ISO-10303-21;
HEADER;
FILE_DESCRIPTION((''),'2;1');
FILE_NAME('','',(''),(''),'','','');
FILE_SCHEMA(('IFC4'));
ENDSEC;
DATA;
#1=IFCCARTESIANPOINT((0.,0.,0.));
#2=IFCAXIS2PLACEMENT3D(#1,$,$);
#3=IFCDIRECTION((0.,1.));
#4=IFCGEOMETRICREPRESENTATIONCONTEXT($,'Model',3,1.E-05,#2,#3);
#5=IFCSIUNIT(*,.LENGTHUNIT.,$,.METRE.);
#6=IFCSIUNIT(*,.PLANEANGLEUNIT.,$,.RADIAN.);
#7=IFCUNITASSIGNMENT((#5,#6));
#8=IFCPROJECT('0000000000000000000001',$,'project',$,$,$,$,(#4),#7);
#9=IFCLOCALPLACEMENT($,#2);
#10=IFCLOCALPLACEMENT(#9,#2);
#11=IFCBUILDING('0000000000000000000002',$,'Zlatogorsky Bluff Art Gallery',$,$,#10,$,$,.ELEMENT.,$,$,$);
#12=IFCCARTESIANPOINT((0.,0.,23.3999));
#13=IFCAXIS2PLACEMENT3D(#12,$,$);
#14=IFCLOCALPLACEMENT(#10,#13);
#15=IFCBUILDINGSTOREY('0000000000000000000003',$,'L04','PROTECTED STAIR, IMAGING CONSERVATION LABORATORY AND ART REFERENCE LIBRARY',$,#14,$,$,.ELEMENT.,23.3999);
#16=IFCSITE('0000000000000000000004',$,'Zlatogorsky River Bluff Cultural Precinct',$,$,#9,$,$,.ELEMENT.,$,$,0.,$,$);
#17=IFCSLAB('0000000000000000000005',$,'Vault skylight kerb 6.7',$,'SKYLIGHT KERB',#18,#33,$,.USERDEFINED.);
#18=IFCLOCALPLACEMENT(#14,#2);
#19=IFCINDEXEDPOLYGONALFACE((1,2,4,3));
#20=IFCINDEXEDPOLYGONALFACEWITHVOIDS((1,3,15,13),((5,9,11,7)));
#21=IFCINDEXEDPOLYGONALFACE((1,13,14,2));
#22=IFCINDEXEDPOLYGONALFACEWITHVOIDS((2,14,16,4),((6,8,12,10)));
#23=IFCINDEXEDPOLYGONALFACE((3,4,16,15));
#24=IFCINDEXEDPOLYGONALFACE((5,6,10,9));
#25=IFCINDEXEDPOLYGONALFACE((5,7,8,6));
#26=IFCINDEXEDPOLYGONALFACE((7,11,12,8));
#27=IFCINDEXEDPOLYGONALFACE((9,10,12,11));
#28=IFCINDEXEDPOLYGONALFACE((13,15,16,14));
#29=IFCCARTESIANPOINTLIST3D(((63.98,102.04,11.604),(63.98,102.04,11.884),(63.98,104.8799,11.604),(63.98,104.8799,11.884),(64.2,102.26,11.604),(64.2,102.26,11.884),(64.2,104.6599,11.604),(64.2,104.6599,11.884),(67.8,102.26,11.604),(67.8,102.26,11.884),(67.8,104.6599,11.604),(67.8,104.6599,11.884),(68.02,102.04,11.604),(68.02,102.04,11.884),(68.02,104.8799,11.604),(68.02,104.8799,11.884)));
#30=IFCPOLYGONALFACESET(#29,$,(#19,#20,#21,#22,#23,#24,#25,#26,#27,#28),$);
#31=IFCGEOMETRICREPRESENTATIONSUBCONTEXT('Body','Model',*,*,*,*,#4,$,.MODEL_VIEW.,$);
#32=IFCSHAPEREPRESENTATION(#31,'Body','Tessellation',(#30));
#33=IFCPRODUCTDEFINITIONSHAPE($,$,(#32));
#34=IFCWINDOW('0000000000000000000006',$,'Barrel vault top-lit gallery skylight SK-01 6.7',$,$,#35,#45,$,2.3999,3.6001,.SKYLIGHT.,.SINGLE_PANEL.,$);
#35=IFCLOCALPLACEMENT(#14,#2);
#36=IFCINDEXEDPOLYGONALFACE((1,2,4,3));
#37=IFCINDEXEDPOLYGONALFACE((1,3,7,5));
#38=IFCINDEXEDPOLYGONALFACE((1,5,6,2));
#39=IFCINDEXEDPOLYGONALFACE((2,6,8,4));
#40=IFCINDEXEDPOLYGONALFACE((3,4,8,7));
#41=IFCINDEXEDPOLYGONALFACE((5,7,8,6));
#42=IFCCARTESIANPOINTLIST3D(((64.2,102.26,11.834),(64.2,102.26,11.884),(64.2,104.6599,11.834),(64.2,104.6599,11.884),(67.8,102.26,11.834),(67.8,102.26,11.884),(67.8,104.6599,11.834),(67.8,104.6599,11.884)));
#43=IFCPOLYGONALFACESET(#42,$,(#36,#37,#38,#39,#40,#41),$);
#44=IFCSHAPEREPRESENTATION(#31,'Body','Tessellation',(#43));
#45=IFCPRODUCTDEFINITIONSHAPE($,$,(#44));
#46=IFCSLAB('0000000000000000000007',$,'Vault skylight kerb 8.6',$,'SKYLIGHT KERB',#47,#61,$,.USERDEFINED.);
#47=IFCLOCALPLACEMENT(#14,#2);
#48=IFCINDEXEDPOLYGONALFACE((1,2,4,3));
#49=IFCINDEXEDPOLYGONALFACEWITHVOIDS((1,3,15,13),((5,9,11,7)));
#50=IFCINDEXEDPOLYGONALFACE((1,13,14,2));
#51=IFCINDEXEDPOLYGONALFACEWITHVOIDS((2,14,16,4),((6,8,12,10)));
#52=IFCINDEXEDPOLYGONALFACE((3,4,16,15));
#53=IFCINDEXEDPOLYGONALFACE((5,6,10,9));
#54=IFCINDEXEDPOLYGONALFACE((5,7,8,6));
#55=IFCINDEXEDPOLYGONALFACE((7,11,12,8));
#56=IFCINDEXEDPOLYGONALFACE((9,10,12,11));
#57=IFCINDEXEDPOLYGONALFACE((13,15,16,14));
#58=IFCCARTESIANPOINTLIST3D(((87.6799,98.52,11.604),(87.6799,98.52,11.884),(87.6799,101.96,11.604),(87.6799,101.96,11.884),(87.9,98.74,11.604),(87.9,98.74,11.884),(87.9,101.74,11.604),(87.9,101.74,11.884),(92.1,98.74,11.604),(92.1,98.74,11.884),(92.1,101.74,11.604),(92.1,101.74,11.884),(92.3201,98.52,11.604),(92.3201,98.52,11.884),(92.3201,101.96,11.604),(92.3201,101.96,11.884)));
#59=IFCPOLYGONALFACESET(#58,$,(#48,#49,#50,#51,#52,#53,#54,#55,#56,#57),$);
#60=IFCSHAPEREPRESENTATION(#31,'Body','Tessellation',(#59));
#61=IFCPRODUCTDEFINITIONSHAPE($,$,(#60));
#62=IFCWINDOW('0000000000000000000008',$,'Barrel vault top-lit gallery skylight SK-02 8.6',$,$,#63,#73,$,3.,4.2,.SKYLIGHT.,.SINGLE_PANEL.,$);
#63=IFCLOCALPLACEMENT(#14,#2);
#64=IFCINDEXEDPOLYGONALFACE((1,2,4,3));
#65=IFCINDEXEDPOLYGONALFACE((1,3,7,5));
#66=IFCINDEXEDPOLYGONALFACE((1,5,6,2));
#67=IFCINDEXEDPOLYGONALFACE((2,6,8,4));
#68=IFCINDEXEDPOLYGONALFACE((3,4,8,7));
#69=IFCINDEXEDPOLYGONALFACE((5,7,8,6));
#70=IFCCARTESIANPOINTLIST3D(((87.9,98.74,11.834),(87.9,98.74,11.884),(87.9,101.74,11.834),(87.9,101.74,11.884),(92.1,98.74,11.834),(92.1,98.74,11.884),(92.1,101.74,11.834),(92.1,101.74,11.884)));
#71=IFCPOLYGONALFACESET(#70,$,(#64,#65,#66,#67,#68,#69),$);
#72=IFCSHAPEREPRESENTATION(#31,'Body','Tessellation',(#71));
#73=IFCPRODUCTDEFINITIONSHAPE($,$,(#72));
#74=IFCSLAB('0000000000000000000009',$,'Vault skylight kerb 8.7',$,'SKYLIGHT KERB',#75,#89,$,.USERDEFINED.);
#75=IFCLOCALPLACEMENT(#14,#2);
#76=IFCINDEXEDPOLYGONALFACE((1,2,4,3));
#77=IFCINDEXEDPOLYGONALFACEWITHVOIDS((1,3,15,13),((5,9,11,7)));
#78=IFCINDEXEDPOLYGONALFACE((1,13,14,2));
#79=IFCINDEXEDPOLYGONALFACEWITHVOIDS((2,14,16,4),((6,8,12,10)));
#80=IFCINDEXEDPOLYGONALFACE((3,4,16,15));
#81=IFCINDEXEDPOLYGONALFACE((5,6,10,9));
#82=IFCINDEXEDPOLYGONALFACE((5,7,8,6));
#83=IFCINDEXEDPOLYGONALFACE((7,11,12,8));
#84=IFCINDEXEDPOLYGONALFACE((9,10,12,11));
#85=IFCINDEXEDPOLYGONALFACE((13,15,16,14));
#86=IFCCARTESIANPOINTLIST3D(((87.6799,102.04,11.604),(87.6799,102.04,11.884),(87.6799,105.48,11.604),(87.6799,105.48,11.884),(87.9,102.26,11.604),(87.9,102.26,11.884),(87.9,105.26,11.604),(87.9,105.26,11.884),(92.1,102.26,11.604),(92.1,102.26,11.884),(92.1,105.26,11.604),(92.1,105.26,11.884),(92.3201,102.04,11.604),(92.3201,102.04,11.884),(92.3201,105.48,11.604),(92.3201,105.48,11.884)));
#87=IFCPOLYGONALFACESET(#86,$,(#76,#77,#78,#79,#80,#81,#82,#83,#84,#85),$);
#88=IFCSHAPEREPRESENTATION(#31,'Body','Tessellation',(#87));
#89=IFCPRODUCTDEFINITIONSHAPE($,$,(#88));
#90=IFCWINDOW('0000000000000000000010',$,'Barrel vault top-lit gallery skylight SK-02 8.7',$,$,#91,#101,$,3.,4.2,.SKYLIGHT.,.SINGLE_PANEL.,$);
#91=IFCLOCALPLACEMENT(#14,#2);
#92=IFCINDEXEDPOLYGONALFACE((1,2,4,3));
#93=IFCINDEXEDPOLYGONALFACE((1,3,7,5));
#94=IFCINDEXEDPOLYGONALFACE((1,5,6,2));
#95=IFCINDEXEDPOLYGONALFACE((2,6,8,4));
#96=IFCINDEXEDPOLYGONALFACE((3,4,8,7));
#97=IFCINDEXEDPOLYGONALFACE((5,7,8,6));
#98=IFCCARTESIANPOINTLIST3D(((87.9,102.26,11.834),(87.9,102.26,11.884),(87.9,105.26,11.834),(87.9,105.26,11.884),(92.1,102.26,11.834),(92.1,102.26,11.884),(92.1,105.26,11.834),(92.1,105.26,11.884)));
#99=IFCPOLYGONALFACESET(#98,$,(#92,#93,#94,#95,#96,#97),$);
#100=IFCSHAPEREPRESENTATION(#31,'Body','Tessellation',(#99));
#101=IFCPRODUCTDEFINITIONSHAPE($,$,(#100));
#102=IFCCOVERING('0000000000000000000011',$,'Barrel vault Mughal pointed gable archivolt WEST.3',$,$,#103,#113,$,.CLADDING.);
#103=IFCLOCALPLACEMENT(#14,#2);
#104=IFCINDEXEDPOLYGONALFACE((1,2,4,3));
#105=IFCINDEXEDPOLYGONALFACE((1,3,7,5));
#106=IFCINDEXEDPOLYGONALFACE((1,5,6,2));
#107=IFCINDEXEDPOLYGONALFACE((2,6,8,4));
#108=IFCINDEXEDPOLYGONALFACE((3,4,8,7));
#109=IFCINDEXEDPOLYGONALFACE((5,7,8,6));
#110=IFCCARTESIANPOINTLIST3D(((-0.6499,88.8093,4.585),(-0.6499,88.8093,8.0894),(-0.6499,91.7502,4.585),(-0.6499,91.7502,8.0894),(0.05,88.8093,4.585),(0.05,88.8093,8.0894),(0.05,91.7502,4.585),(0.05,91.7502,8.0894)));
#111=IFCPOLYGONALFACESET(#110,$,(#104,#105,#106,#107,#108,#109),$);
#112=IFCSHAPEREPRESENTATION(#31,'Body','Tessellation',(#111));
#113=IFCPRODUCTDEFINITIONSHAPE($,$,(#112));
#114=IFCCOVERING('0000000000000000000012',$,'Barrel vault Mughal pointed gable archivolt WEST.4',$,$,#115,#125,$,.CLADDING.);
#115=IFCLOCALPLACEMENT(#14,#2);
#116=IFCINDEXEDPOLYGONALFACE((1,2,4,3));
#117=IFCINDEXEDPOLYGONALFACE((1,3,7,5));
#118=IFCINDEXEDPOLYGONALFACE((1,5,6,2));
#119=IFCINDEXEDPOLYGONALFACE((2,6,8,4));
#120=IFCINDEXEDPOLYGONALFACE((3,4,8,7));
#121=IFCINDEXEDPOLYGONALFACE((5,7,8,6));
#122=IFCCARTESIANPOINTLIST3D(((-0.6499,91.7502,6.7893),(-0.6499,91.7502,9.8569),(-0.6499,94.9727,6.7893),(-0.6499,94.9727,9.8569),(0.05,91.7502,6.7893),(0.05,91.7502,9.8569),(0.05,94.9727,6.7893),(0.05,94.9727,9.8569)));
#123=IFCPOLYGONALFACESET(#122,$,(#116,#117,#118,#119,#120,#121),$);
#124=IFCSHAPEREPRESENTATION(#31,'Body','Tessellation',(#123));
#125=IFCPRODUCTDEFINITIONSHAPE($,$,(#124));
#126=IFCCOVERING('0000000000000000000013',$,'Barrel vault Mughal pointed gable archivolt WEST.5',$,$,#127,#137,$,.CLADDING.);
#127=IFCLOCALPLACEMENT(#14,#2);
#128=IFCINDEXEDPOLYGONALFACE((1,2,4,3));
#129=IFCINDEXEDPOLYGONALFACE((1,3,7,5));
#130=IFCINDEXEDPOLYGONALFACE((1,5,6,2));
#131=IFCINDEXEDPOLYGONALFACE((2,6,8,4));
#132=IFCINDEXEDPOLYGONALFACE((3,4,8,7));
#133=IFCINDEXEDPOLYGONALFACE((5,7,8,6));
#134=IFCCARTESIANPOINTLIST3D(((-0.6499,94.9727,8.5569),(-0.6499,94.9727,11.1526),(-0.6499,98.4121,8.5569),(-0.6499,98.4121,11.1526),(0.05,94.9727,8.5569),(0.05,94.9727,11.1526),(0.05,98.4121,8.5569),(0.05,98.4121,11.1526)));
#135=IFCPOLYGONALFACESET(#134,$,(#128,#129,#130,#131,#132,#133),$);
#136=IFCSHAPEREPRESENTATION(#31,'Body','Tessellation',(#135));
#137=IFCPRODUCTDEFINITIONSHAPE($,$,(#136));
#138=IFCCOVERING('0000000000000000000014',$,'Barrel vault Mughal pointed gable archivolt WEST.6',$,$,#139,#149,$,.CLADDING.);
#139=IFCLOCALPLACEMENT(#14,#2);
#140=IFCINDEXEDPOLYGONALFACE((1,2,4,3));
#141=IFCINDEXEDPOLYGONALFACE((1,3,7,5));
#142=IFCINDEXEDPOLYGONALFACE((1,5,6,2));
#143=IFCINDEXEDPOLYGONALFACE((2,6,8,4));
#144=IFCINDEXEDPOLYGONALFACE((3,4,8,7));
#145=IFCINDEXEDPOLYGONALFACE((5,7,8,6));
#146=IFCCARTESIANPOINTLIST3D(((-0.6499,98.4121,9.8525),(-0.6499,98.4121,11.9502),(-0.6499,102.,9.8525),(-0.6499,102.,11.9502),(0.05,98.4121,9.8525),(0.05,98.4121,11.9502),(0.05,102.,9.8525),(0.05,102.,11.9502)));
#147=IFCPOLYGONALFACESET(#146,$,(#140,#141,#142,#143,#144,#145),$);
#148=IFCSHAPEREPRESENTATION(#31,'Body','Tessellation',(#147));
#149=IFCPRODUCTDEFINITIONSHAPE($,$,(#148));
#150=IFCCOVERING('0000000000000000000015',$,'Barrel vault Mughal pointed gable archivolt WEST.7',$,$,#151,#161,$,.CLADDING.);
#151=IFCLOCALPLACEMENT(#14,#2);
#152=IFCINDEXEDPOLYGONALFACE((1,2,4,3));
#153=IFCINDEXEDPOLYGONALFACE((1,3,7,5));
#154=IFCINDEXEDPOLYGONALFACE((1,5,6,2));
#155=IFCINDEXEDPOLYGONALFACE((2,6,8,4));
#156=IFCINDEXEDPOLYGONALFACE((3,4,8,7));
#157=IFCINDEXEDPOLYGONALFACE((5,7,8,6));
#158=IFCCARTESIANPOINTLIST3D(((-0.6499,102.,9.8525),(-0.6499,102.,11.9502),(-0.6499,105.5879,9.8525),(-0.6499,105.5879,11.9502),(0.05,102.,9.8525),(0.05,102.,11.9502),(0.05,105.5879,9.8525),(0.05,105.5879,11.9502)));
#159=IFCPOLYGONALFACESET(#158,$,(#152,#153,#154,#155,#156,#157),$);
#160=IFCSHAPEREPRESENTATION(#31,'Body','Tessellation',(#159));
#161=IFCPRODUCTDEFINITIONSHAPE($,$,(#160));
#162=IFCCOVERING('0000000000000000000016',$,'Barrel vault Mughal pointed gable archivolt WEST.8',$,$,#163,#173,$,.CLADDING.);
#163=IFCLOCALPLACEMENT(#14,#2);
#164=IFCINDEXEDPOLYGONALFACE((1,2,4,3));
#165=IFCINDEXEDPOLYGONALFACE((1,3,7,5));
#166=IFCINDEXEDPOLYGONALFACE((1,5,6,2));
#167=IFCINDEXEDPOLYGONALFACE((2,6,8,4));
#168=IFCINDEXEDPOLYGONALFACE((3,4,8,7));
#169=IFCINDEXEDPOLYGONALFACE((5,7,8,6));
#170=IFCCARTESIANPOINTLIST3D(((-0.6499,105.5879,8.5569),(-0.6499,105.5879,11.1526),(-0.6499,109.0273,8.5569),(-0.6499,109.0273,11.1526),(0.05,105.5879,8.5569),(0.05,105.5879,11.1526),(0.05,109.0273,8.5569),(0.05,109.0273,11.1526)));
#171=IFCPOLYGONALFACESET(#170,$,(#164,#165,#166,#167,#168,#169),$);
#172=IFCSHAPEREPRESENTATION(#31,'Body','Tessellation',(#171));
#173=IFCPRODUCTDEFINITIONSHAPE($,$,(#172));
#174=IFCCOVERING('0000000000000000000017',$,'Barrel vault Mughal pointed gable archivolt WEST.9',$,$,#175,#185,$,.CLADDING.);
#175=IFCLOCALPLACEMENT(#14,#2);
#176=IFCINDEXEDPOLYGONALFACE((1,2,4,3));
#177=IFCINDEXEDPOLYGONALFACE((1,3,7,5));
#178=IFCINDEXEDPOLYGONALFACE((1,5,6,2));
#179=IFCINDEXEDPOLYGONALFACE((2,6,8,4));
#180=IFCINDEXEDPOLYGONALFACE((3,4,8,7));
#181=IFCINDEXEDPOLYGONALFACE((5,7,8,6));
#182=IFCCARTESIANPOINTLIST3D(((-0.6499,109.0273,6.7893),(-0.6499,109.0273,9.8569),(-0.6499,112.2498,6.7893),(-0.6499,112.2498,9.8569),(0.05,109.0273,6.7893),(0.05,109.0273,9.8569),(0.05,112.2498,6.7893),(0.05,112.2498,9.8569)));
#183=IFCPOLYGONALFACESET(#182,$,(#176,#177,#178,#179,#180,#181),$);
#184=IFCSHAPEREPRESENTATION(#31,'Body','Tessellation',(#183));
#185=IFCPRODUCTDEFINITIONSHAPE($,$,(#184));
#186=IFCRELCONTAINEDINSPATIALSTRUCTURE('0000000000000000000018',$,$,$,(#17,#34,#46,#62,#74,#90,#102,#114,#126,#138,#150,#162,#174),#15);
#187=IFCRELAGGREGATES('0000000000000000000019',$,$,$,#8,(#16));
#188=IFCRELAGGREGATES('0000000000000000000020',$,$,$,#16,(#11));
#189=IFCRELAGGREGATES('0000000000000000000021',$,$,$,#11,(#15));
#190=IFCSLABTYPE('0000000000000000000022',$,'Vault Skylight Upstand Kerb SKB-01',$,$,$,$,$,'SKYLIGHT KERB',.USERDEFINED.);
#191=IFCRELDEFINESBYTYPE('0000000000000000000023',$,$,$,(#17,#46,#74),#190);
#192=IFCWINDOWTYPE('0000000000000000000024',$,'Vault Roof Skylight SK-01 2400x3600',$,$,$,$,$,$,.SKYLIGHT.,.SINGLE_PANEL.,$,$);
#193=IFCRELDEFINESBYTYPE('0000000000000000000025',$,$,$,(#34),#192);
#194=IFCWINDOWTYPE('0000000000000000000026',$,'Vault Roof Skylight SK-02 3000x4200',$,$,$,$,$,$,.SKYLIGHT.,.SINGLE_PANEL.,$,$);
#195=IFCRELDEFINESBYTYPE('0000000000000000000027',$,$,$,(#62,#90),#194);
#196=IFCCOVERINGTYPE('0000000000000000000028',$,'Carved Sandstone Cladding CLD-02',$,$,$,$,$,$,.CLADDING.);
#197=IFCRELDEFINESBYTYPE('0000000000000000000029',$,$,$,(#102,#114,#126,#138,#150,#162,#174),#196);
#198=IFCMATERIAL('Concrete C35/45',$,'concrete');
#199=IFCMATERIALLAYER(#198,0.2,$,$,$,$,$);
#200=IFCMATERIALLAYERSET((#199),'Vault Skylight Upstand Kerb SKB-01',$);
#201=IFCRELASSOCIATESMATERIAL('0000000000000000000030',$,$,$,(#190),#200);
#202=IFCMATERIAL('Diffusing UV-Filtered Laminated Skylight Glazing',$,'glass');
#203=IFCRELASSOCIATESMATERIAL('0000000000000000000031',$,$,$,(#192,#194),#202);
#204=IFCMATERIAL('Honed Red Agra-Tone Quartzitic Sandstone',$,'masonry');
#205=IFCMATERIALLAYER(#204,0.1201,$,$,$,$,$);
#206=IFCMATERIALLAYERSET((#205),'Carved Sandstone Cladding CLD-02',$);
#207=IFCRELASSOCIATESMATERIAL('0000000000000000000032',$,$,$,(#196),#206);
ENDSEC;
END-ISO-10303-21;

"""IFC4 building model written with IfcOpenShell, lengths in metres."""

from ifc_helpers import new_model, si_unit, direction, frame, origin, origin_2d, place, context, subcontext, project, spatial, polyline, rectangle, outline, extrude, material, layer, layer_set, type_object, element, fill, save


model = new_model("IFC4")

# Units and contexts
model_context = context("Model", 3, precision=1e-05, world=origin(), true_north=direction((0.0, 1.0)))
body_context = subcontext(model_context, "Body", "Model", "MODEL_VIEW")
ifc_project = project(units=[si_unit("LENGTHUNIT", "METRE"), si_unit("PLANEANGLEUNIT", "RADIAN")], contexts=[model_context])

# Site, building, storey
site_placement = place(None, origin())
site = spatial("IfcSite", under=ifc_project, at=site_placement, Name="Zlatogorsky River Bluff Cultural Precinct", CompositionType="ELEMENT", RefElevation=0.0)
building_placement = place(site_placement, origin())
building = spatial("IfcBuilding", under=site, at=building_placement, Name="Zlatogorsky Bluff Art Gallery", CompositionType="ELEMENT")
storey_placement = place(building_placement, frame((0.0, 0.0, 23.3999)))
storey = spatial("IfcBuildingStorey", under=building, at=storey_placement, Name="L04", Description="PROTECTED STAIR, IMAGING CONSERVATION LABORATORY AND ART REFERENCE LIBRARY", CompositionType="ELEMENT", Elevation=23.3999)

# Slabs, openings, windows
ifc_material_1 = material(Name="Concrete C35/45", Category="concrete")
ifc_layer_1 = layer(ifc_material_1, 0.2)
ifc_layer_set_1 = layer_set([ifc_layer_1], Name="Vault Skylight Upstand Kerb SKB-01")
slab_type = type_object("IfcSlabType", Name="Vault Skylight Upstand Kerb SKB-01", ElementType="SKYLIGHT KERB", PredefinedType="USERDEFINED", material=ifc_layer_set_1)
ifc_material_2 = material(Name="Diffusing UV-Filtered Laminated Skylight Glazing", Category="glass")
window_type_1 = type_object("IfcWindowType", Name="Vault Roof Skylight SK-01 2400x3600", PartitioningType="SINGLE_PANEL", PredefinedType="SKYLIGHT", material=ifc_material_2)
window_type_2 = type_object("IfcWindowType", Name="Vault Roof Skylight SK-02 3000x4200", PartitioningType="SINGLE_PANEL", PredefinedType="SKYLIGHT", material=ifc_material_2)
slab_1_placement = place(storey_placement, frame((0.0, 0.0, 11.604)))
slab_1 = element("IfcSlab", 1, at=slab_1_placement, inside=storey, type_object=slab_type, Name="Vault skylight kerb 6.7", ObjectType="SKYLIGHT KERB", PredefinedType="USERDEFINED", context=body_context, shape_type="SweptSolid", body=[
    extrude(outline(polyline([(63.98, 102.04), (68.02, 102.04), (68.02, 104.8799), (63.98, 104.8799), (63.98, 102.04)])), origin(), (0.0, 0.0, 1.0), 0.28),
])
opening_1_placement = place(slab_1_placement, frame((66.0, 103.46, 0.0)))
opening_1 = element("IfcOpeningElement", 2, at=opening_1_placement, cuts=slab_1, PredefinedType="OPENING", context=body_context, shape_type="SweptSolid", body=[
    extrude(rectangle(XDim=3.6001, YDim=2.3999, at=origin_2d()), origin(), (0.0, 0.0, 1.0), 0.28),
])
window_1_placement = place(opening_1_placement, frame((0.0, 0.0, 0.23)))
window_1 = element("IfcWindow", 3, at=window_1_placement, inside=storey, type_object=window_type_1, Name="Barrel vault top-lit gallery skylight SK-01 6.7", OverallHeight=2.3999, OverallWidth=3.6001, PartitioningType="SINGLE_PANEL", PredefinedType="SKYLIGHT", context=body_context, shape_type="SweptSolid", body=[
    extrude(rectangle(XDim=3.6001, YDim=2.3999, at=origin_2d()), origin(), (0.0, 0.0, 1.0), 0.05),
])
fill(opening_1, window_1)
slab_2_placement = place(storey_placement, frame((0.0, 0.0, 11.604)))
slab_2 = element("IfcSlab", 4, at=slab_2_placement, inside=storey, type_object=slab_type, Name="Vault skylight kerb 8.6", ObjectType="SKYLIGHT KERB", PredefinedType="USERDEFINED", context=body_context, shape_type="SweptSolid", body=[
    extrude(outline(polyline([(87.6799, 98.52), (92.3201, 98.52), (92.3201, 101.96), (87.6799, 101.96), (87.6799, 98.52)])), origin(), (0.0, 0.0, 1.0), 0.28),
])
opening_2_placement = place(slab_2_placement, frame((90.0, 100.24, 0.0)))
opening_2 = element("IfcOpeningElement", 5, at=opening_2_placement, cuts=slab_2, PredefinedType="OPENING", context=body_context, shape_type="SweptSolid", body=[
    extrude(rectangle(XDim=4.2, YDim=3.0, at=origin_2d()), origin(), (0.0, 0.0, 1.0), 0.28),
])
window_2_placement = place(opening_2_placement, frame((0.0, 0.0, 0.23)))
window_2 = element("IfcWindow", 6, at=window_2_placement, inside=storey, type_object=window_type_2, Name="Barrel vault top-lit gallery skylight SK-02 8.6", OverallHeight=3.0, OverallWidth=4.2, PartitioningType="SINGLE_PANEL", PredefinedType="SKYLIGHT", context=body_context, shape_type="SweptSolid", body=[
    extrude(rectangle(XDim=4.2, YDim=3.0, at=origin_2d()), origin(), (0.0, 0.0, 1.0), 0.05),
])
fill(opening_2, window_2)
slab_3_placement = place(storey_placement, frame((0.0, 0.0, 11.604)))
slab_3 = element("IfcSlab", 7, at=slab_3_placement, inside=storey, type_object=slab_type, Name="Vault skylight kerb 8.7", ObjectType="SKYLIGHT KERB", PredefinedType="USERDEFINED", context=body_context, shape_type="SweptSolid", body=[
    extrude(outline(polyline([(87.6799, 102.04), (92.3201, 102.04), (92.3201, 105.48), (87.6799, 105.48), (87.6799, 102.04)])), origin(), (0.0, 0.0, 1.0), 0.28),
])
opening_3_placement = place(slab_3_placement, frame((90.0, 103.76, 0.0)))
opening_3 = element("IfcOpeningElement", 8, at=opening_3_placement, cuts=slab_3, PredefinedType="OPENING", context=body_context, shape_type="SweptSolid", body=[
    extrude(rectangle(XDim=4.2, YDim=3.0, at=origin_2d()), origin(), (0.0, 0.0, 1.0), 0.28),
])
window_3_placement = place(opening_3_placement, frame((0.0, 0.0, 0.23)))
window_3 = element("IfcWindow", 9, at=window_3_placement, inside=storey, type_object=window_type_2, Name="Barrel vault top-lit gallery skylight SK-02 8.7", OverallHeight=3.0, OverallWidth=4.2, PartitioningType="SINGLE_PANEL", PredefinedType="SKYLIGHT", context=body_context, shape_type="SweptSolid", body=[
    extrude(rectangle(XDim=4.2, YDim=3.0, at=origin_2d()), origin(), (0.0, 0.0, 1.0), 0.05),
])
fill(opening_3, window_3)

# Coverings
ifc_material_3 = material(Name="Honed Red Agra-Tone Quartzitic Sandstone", Category="masonry")
ifc_layer_2 = layer(ifc_material_3, 0.1201)
ifc_layer_set_2 = layer_set([ifc_layer_2], Name="Carved Sandstone Cladding CLD-02")
covering_type = type_object("IfcCoveringType", Name="Carved Sandstone Cladding CLD-02", PredefinedType="CLADDING", material=ifc_layer_set_2)
covering_1_placement = place(storey_placement, frame((0.0, 0.0, 4.585)))
element("IfcCovering", 10, at=covering_1_placement, inside=storey, type_object=covering_type, Name="Barrel vault Mughal pointed gable archivolt WEST.3", PredefinedType="CLADDING", context=body_context, shape_type="SweptSolid", body=[
    extrude(outline(polyline([(-0.6499, 88.8093), (0.05, 88.8093), (0.05, 91.7502), (-0.6499, 91.7502), (-0.6499, 88.8093)])), origin(), (0.0, 0.0, 1.0), 3.5044),
])
covering_2_placement = place(storey_placement, frame((0.0, 0.0, 6.7893)))
element("IfcCovering", 11, at=covering_2_placement, inside=storey, type_object=covering_type, Name="Barrel vault Mughal pointed gable archivolt WEST.4", PredefinedType="CLADDING", context=body_context, shape_type="SweptSolid", body=[
    extrude(outline(polyline([(-0.6499, 91.7502), (0.05, 91.7502), (0.05, 94.9727), (-0.6499, 94.9727), (-0.6499, 91.7502)])), origin(), (0.0, 0.0, 1.0), 3.0676),
])
covering_3_placement = place(storey_placement, frame((0.0, 0.0, 8.5569)))
element("IfcCovering", 12, at=covering_3_placement, inside=storey, type_object=covering_type, Name="Barrel vault Mughal pointed gable archivolt WEST.5", PredefinedType="CLADDING", context=body_context, shape_type="SweptSolid", body=[
    extrude(outline(polyline([(-0.6499, 94.9727), (0.05, 94.9727), (0.05, 98.4121), (-0.6499, 98.4121), (-0.6499, 94.9727)])), origin(), (0.0, 0.0, 1.0), 2.5957),
])
covering_4_placement = place(storey_placement, frame((0.0, 0.0, 9.8525)))
element("IfcCovering", 13, at=covering_4_placement, inside=storey, type_object=covering_type, Name="Barrel vault Mughal pointed gable archivolt WEST.6", PredefinedType="CLADDING", context=body_context, shape_type="SweptSolid", body=[
    extrude(outline(polyline([(-0.6499, 98.4121), (0.05, 98.4121), (0.05, 102.0), (-0.6499, 102.0), (-0.6499, 98.4121)])), origin(), (0.0, 0.0, 1.0), 2.0977),
])
covering_5_placement = place(storey_placement, frame((0.0, 0.0, 9.8525)))
element("IfcCovering", 14, at=covering_5_placement, inside=storey, type_object=covering_type, Name="Barrel vault Mughal pointed gable archivolt WEST.7", PredefinedType="CLADDING", context=body_context, shape_type="SweptSolid", body=[
    extrude(outline(polyline([(-0.6499, 102.0), (0.05, 102.0), (0.05, 105.5879), (-0.6499, 105.5879), (-0.6499, 102.0)])), origin(), (0.0, 0.0, 1.0), 2.0977),
])
covering_6_placement = place(storey_placement, frame((0.0, 0.0, 8.5569)))
element("IfcCovering", 15, at=covering_6_placement, inside=storey, type_object=covering_type, Name="Barrel vault Mughal pointed gable archivolt WEST.8", PredefinedType="CLADDING", context=body_context, shape_type="SweptSolid", body=[
    extrude(outline(polyline([(-0.6499, 105.5879), (0.05, 105.5879), (0.05, 109.0273), (-0.6499, 109.0273), (-0.6499, 105.5879)])), origin(), (0.0, 0.0, 1.0), 2.5957),
])
covering_7_placement = place(storey_placement, frame((0.0, 0.0, 6.7893)))
element("IfcCovering", 16, at=covering_7_placement, inside=storey, type_object=covering_type, Name="Barrel vault Mughal pointed gable archivolt WEST.9", PredefinedType="CLADDING", context=body_context, shape_type="SweptSolid", body=[
    extrude(outline(polyline([(-0.6499, 109.0273), (0.05, 109.0273), (0.05, 112.2498), (-0.6499, 112.2498), (-0.6499, 109.0273)])), origin(), (0.0, 0.0, 1.0), 3.0676),
])

save(model, "model.ifc")
